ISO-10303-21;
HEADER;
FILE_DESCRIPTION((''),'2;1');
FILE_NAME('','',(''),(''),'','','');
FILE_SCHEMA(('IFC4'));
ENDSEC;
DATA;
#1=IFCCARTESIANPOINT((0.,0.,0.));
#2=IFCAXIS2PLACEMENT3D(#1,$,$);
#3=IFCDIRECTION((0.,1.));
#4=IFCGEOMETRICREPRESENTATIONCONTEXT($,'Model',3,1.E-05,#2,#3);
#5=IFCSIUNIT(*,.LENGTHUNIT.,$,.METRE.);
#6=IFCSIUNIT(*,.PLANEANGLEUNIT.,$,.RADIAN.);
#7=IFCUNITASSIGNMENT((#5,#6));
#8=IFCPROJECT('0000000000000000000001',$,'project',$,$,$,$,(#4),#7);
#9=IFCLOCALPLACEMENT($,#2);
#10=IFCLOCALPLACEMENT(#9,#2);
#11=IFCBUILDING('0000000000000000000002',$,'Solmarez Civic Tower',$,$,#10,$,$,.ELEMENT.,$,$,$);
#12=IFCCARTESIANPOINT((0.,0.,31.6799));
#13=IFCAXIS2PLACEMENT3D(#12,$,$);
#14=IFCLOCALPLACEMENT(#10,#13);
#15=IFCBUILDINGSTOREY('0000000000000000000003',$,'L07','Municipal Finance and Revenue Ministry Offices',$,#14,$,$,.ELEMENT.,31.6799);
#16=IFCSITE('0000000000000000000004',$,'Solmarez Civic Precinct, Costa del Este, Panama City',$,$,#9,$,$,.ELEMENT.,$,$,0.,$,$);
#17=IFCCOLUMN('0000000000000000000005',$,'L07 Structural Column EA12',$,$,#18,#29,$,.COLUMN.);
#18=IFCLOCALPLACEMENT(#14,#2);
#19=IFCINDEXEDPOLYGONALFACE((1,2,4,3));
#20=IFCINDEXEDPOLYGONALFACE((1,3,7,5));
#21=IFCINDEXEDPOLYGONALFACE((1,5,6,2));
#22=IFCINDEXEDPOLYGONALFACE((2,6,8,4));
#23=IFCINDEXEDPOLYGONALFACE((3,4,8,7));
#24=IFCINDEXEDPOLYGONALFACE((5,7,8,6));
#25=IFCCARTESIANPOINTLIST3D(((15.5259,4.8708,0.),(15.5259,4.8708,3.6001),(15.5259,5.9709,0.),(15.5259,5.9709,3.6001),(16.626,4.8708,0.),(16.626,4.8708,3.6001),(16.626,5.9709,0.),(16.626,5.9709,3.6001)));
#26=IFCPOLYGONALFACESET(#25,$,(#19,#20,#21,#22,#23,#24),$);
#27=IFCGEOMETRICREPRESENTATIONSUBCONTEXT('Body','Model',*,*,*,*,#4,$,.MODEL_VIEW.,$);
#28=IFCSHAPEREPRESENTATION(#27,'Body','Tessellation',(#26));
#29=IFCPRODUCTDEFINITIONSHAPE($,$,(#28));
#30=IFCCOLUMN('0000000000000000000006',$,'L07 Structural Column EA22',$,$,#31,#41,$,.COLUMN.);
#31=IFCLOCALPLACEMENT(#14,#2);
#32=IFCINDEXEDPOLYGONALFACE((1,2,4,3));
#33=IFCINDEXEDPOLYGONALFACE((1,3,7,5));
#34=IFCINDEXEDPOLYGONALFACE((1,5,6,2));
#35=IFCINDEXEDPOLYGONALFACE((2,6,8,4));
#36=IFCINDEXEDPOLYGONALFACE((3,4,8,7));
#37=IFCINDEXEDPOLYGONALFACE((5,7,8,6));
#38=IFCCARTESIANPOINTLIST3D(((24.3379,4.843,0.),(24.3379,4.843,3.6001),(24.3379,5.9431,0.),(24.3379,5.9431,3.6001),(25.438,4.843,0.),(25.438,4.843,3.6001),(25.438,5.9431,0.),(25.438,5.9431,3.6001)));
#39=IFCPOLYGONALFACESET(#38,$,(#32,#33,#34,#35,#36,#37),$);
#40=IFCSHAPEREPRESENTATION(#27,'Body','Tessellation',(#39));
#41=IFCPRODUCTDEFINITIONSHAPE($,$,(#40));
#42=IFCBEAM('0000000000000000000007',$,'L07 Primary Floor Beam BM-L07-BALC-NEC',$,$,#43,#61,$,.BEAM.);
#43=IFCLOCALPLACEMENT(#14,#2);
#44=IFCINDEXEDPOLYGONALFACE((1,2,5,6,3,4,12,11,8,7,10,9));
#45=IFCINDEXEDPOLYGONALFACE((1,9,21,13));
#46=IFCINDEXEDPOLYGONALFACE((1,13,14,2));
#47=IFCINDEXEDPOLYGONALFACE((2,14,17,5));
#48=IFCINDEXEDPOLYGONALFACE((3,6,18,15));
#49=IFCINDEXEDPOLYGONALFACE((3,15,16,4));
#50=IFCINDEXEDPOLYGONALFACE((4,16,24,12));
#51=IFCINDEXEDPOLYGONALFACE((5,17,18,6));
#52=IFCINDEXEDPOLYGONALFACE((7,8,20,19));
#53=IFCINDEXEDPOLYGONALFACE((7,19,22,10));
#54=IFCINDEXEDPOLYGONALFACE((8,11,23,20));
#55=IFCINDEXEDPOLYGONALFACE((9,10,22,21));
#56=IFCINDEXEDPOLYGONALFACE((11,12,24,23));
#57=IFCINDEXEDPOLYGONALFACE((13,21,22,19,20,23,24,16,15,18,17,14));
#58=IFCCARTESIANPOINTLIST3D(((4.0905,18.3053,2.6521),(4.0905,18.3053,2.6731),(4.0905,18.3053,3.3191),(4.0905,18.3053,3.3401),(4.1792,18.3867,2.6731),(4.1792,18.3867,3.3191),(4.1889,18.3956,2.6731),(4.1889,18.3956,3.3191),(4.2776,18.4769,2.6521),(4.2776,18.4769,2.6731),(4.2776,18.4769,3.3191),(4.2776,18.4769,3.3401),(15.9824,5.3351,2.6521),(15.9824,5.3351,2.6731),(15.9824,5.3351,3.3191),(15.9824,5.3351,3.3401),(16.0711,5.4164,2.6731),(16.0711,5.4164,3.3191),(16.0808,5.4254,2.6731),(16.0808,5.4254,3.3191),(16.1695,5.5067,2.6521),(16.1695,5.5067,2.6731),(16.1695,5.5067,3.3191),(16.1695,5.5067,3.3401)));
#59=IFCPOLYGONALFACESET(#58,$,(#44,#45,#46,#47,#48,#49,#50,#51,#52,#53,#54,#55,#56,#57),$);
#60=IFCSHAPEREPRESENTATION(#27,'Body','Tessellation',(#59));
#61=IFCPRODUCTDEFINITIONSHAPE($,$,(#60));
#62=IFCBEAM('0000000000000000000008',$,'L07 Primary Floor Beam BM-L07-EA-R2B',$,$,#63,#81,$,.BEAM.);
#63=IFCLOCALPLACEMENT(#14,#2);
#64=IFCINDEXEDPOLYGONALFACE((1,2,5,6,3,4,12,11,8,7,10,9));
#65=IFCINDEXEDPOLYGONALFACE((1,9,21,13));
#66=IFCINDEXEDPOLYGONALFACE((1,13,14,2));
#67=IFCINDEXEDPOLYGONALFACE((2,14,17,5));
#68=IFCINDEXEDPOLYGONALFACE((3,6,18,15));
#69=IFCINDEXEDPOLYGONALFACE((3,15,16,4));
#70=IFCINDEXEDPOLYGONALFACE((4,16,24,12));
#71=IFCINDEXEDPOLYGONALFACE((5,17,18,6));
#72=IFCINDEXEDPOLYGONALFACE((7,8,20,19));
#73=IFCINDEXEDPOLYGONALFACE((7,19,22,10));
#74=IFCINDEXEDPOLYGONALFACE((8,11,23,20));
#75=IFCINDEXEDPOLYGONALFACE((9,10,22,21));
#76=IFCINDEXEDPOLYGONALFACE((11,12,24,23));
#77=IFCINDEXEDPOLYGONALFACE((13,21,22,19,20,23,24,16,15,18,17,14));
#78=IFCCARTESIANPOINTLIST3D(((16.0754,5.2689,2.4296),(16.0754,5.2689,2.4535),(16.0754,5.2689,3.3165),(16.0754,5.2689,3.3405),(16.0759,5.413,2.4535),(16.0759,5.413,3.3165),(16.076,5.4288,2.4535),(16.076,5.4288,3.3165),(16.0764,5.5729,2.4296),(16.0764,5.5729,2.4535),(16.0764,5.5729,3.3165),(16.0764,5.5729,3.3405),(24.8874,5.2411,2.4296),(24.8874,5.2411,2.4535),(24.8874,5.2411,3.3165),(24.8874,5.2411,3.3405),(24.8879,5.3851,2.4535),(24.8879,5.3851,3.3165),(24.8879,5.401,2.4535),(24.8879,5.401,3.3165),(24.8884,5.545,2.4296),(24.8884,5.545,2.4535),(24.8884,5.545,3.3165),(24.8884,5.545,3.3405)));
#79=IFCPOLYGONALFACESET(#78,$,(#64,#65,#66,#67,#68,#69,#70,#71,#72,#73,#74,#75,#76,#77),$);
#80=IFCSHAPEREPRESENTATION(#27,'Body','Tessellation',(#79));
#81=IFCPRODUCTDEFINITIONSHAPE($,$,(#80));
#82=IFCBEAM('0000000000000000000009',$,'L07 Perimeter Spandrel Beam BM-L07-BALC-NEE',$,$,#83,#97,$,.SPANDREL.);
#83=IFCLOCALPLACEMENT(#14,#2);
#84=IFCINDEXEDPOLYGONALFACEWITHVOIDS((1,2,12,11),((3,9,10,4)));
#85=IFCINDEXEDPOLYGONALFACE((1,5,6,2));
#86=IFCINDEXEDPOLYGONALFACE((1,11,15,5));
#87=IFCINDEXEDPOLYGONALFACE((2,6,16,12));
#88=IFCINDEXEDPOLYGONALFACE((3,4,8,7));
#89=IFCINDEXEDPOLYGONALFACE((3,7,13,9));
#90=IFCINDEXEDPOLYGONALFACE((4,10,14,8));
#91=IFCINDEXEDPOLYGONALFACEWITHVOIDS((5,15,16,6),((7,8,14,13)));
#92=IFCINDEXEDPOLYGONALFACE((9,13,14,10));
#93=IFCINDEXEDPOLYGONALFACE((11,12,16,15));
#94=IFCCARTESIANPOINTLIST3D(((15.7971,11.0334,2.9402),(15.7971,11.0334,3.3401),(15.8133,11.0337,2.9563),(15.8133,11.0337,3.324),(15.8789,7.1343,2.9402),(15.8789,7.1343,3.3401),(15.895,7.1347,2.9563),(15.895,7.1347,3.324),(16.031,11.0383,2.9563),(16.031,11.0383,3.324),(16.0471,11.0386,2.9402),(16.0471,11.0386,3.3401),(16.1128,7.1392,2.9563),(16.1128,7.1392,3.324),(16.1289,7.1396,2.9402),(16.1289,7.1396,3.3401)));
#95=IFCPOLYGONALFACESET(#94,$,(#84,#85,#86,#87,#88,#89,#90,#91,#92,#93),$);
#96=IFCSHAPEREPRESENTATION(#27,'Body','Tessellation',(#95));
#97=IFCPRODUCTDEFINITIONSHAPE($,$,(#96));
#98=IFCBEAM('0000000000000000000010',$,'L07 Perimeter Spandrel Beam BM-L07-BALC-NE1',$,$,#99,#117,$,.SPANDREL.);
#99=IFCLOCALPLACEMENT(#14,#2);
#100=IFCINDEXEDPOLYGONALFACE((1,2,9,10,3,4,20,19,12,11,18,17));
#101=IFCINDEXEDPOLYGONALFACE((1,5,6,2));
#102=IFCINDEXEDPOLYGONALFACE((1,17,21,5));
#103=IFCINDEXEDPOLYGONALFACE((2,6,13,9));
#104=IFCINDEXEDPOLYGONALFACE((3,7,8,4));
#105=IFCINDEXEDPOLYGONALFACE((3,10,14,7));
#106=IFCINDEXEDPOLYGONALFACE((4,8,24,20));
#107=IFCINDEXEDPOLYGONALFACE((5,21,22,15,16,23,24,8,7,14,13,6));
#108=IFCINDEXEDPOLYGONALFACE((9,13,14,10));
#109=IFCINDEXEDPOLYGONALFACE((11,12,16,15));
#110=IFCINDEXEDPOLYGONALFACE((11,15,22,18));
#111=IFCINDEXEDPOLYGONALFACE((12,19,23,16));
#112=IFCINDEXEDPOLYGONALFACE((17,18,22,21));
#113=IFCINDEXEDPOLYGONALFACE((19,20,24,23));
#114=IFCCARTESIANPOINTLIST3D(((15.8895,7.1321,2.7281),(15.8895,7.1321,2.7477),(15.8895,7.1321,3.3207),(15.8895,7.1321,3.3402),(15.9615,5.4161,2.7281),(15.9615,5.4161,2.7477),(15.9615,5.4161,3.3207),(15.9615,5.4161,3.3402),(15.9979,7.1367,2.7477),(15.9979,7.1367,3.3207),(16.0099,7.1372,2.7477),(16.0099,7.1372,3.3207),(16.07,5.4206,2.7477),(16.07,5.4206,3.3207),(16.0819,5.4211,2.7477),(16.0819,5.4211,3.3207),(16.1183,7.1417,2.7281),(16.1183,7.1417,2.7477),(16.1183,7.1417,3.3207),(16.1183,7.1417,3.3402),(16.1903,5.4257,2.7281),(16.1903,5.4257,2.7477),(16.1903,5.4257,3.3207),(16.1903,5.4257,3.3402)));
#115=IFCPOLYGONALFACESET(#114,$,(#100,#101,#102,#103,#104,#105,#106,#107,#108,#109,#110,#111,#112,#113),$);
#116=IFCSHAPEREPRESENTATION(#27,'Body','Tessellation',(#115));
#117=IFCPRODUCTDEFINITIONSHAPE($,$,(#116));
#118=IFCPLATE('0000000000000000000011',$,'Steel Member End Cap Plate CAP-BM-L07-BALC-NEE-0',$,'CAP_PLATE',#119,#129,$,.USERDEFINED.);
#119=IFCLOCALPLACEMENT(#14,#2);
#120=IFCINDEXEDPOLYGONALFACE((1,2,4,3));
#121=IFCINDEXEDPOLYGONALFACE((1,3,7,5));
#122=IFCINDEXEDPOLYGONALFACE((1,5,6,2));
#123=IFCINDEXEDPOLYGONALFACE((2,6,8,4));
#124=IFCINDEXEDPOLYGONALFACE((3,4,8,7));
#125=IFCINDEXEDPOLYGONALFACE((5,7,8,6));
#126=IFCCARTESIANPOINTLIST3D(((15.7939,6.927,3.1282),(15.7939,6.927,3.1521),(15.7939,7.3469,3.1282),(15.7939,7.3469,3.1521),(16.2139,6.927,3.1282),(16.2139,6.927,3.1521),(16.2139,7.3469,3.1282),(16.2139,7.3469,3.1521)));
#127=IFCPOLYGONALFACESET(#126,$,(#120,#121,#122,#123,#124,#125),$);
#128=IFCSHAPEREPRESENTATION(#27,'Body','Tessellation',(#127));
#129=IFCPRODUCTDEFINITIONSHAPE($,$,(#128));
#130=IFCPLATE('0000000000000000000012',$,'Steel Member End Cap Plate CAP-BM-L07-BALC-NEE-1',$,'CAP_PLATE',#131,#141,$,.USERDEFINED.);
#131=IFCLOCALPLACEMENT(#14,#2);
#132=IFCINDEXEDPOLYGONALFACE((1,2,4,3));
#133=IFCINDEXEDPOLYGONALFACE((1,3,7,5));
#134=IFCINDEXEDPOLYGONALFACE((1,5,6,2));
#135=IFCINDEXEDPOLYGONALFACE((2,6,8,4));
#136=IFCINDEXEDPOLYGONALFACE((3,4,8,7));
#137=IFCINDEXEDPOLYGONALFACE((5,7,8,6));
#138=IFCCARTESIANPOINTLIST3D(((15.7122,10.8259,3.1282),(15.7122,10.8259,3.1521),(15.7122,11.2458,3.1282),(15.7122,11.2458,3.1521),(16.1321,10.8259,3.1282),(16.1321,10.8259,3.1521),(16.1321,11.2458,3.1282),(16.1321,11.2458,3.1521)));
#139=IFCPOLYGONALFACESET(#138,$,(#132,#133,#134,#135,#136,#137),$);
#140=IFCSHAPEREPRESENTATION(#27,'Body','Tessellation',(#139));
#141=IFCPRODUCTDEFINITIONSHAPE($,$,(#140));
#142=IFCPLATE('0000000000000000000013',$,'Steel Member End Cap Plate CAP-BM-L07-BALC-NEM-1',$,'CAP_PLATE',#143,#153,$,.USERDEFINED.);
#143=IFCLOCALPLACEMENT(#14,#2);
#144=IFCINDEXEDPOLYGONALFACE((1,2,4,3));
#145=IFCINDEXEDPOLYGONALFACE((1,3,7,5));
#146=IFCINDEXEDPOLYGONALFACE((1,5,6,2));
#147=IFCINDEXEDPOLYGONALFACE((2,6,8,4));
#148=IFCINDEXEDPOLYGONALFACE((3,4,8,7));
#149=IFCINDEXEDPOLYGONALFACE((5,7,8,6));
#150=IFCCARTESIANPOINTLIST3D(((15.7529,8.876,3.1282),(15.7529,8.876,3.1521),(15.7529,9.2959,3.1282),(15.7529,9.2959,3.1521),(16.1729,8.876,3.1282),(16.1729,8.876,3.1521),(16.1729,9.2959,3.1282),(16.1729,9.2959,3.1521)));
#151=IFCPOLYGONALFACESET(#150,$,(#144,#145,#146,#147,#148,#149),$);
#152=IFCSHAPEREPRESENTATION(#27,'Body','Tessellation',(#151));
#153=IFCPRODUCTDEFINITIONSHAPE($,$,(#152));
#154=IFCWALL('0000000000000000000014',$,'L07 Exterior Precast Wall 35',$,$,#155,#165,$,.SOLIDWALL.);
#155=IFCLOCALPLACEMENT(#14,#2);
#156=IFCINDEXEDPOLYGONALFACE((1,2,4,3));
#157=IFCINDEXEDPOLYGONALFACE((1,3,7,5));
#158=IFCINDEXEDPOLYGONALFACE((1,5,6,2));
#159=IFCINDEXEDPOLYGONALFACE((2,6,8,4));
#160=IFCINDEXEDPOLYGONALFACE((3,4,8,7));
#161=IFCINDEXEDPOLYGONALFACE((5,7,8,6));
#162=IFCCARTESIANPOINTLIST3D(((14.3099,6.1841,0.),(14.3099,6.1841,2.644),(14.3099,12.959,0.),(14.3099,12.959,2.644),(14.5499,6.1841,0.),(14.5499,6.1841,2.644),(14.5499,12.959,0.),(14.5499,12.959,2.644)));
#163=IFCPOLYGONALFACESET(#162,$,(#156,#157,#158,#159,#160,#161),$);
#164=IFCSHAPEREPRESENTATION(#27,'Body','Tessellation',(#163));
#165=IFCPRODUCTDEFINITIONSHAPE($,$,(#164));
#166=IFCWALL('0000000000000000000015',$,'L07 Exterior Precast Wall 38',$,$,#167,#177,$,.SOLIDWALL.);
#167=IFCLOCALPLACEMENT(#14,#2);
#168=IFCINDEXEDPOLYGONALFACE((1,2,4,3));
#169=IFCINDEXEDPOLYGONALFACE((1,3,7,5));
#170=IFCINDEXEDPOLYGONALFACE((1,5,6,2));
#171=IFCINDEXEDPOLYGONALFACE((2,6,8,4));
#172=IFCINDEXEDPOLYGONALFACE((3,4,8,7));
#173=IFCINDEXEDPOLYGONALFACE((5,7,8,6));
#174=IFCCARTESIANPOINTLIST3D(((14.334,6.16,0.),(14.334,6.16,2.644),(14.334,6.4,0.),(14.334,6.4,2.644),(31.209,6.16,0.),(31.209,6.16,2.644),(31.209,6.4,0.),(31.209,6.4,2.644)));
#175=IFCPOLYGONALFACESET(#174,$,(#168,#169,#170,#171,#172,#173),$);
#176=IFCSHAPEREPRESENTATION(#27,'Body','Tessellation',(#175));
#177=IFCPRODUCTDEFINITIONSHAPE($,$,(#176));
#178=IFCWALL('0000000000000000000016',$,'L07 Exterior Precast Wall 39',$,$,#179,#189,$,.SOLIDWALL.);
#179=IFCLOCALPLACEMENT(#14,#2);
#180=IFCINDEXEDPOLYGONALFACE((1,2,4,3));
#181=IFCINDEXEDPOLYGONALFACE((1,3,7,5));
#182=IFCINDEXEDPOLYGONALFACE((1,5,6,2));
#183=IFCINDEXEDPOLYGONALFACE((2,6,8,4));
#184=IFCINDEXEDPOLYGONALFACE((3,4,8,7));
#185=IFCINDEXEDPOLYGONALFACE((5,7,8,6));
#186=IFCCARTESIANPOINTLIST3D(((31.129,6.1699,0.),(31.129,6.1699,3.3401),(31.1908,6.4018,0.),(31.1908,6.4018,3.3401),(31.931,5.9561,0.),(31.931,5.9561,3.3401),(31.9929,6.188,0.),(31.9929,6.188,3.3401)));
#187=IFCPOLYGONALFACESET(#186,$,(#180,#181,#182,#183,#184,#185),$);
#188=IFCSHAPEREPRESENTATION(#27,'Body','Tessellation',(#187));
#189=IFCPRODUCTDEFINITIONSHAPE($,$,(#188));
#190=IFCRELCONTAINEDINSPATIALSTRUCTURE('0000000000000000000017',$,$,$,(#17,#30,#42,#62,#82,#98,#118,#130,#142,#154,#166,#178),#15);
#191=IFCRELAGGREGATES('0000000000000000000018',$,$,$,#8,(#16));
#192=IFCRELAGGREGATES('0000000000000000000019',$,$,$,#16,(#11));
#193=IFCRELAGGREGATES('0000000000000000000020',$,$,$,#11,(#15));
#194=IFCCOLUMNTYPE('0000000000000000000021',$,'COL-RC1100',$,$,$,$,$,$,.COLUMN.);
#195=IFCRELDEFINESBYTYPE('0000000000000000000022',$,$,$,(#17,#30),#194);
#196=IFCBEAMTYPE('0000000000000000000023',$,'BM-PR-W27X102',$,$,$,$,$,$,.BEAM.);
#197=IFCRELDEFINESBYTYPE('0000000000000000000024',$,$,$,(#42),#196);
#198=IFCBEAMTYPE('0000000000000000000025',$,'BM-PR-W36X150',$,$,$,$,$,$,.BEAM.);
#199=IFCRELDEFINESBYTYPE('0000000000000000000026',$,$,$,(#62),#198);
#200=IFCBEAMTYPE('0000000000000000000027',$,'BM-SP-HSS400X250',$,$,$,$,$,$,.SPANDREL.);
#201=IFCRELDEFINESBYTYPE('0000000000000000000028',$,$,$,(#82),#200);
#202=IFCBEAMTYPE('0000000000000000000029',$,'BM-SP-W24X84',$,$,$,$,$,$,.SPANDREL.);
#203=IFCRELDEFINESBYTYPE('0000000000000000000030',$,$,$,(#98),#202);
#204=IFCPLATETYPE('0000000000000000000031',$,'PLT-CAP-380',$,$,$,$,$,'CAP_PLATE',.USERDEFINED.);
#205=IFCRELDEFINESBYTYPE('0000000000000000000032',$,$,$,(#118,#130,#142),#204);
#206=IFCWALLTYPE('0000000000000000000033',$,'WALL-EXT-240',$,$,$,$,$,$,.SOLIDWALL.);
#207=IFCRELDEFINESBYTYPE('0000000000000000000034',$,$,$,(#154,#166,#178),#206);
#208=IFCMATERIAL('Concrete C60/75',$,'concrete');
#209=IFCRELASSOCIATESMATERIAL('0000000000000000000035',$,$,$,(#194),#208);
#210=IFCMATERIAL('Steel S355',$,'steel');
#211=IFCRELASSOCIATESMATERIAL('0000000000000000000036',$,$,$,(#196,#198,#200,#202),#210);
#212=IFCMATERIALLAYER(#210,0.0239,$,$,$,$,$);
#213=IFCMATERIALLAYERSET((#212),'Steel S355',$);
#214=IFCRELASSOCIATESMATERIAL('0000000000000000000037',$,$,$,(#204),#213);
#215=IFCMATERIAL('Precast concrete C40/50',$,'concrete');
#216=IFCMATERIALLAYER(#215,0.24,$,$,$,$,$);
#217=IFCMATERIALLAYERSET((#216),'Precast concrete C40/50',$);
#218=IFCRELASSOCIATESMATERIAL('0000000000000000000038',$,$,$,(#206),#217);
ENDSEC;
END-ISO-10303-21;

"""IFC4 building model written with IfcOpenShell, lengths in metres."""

from ifc_helpers import new_model, si_unit, direction, frame, frame_2d, origin, origin_2d, place, context, subcontext, project, spatial, rectangle, hollow_rectangle, i_section, extrude, material, layer, layer_set, material_profile, profile_set, type_object, element, save


model = new_model("IFC4")

# Units and contexts
model_context = context("Model", 3, precision=1e-05, world=origin(), true_north=direction((0.0, 1.0)))
body_context = subcontext(model_context, "Body", "Model", "MODEL_VIEW")
ifc_project = project(units=[si_unit("LENGTHUNIT", "METRE"), si_unit("PLANEANGLEUNIT", "RADIAN")], contexts=[model_context])

# Site, building, storey
site_placement = place(None, origin())
site = spatial("IfcSite", under=ifc_project, at=site_placement, Name="Solmarez Civic Precinct, Costa del Este, Panama City", CompositionType="ELEMENT", RefElevation=0.0)
building_placement = place(site_placement, origin())
building = spatial("IfcBuilding", under=site, at=building_placement, Name="Solmarez Civic Tower", CompositionType="ELEMENT")
storey_placement = place(building_placement, frame((0.0, 0.0, 31.6799)))
storey = spatial("IfcBuildingStorey", under=building, at=storey_placement, Name="L07", Description="Municipal Finance and Revenue Ministry Offices", CompositionType="ELEMENT", Elevation=31.6799)

# Columns
ifc_material_1 = material(Name="Concrete C60/75", Category="concrete")
ifc_material_profile_1 = material_profile(ifc_material_1, rectangle(XDim=1.1001, YDim=1.1001, at=origin_2d()), Name="RC1100X1100")
ifc_profile_set_1 = profile_set([ifc_material_profile_1], Name="Concrete C60/75")
column_type = type_object("IfcColumnType", Name="COL-RC1100", PredefinedType="COLUMN", material=ifc_profile_set_1)
for number, where, z_axis, x_axis, name in (
    (1, (16.0759, 5.4209, 0.0), (0.0, 0.0, 1.0), (1.0, 0.0, 0.0), "L07 Structural Column EA12"),
    (2, (24.8879, 5.3931, 0.0), (0.0, 0.0, 1.0), (1.0, 0.0, 0.0), "L07 Structural Column EA22"),
):
    element("IfcColumn", number, at=place(storey_placement, frame(where, z_axis=z_axis, x_axis=x_axis)), inside=storey, type_object=column_type, Name=name, PredefinedType="COLUMN", context=body_context, shape_type="SweptSolid", body=[
        extrude(rectangle(XDim=1.1001, YDim=1.1001, at=origin_2d()), origin(), (0.0, 0.0, 1.0), 3.6001),
    ])

# Beams
ifc_material_2 = material(Name="Steel S355", Category="steel")
ifc_material_profile_2 = material_profile(ifc_material_2, i_section(OverallWidth=0.2539, OverallDepth=0.688, WebThickness=0.0132, FlangeThickness=0.021, at=origin_2d()), Name="W27X102")
ifc_profile_set_2 = profile_set([ifc_material_profile_2], Name="Steel S355")
beam_type_1 = type_object("IfcBeamType", Name="BM-PR-W27X102", PredefinedType="BEAM", material=ifc_profile_set_2)
beam_1_placement = place(storey_placement, frame((16.0759, 5.4209, 2.9961), z_axis=(-0.675801, 0.737084, 0.0), x_axis=(-0.737084, -0.675801, 0.0)))
element("IfcBeam", 3, at=beam_1_placement, inside=storey, type_object=beam_type_1, Name="L07 Primary Floor Beam BM-L07-BALC-NEC", PredefinedType="BEAM", context=body_context, shape_type="SweptSolid", body=[
    extrude(i_section(OverallWidth=0.2539, OverallDepth=0.688, WebThickness=0.0132, FlangeThickness=0.021, at=origin_2d()), origin(), (0.0, 0.0, 1.0), 17.5967),
])
ifc_material_profile_3 = material_profile(ifc_material_2, i_section(OverallWidth=0.304, OverallDepth=0.9109, WebThickness=0.0159, FlangeThickness=0.0239, at=origin_2d()), Name="W36X150")
ifc_profile_set_3 = profile_set([ifc_material_profile_3], Name="Steel S355")
beam_type_2 = type_object("IfcBeamType", Name="BM-PR-W36X150", PredefinedType="BEAM", material=ifc_profile_set_3)
beam_2_placement = place(storey_placement, frame((16.0759, 5.4209, 2.885), z_axis=(0.999995, -0.003158, 0.0), x_axis=(0.003158, 0.999995, 0.0)))
element("IfcBeam", 4, at=beam_2_placement, inside=storey, type_object=beam_type_2, Name="L07 Primary Floor Beam BM-L07-EA-R2B", PredefinedType="BEAM", context=body_context, shape_type="SweptSolid", body=[
    extrude(i_section(OverallWidth=0.304, OverallDepth=0.9109, WebThickness=0.0159, FlangeThickness=0.0239, at=origin_2d()), origin(), (0.0, 0.0, 1.0), 8.812),
])
ifc_material_profile_4 = material_profile(ifc_material_2, hollow_rectangle(XDim=0.25, YDim=0.3999, WallThickness=0.0161, at=origin_2d()), Name="HSS400X250X16")
ifc_profile_set_4 = profile_set([ifc_material_profile_4], Name="Steel S355")
beam_type_3 = type_object("IfcBeamType", Name="BM-SP-HSS400X250", PredefinedType="SPANDREL", material=ifc_profile_set_4)
beam_3_placement = place(storey_placement, frame((16.0039, 7.137, 3.1401), z_axis=(-0.020972, 0.99978, 0.0), x_axis=(-0.99978, -0.020972, 0.0)))
element("IfcBeam", 5, at=beam_3_placement, inside=storey, type_object=beam_type_3, Name="L07 Perimeter Spandrel Beam BM-L07-BALC-NEE", PredefinedType="SPANDREL", context=body_context, shape_type="SweptSolid", body=[
    extrude(hollow_rectangle(XDim=0.25, YDim=0.3999, WallThickness=0.0161, at=origin_2d()), origin(), (0.0, 0.0, 1.0), 3.8999),
])
ifc_material_profile_5 = material_profile(ifc_material_2, i_section(OverallWidth=0.229, OverallDepth=0.6121, WebThickness=0.012, FlangeThickness=0.0195, at=origin_2d()), Name="W24X84")
ifc_profile_set_5 = profile_set([ifc_material_profile_5], Name="Steel S355")
beam_type_4 = type_object("IfcBeamType", Name="BM-SP-W24X84", PredefinedType="SPANDREL", material=ifc_profile_set_5)
beam_4_placement = place(storey_placement, frame((16.0759, 5.4209, 3.0342), z_axis=(-0.041932, 0.99912, 0.0), x_axis=(-0.99912, -0.041932, 0.0)))
element("IfcBeam", 6, at=beam_4_placement, inside=storey, type_object=beam_type_4, Name="L07 Perimeter Spandrel Beam BM-L07-BALC-NE1", PredefinedType="SPANDREL", context=body_context, shape_type="SweptSolid", body=[
    extrude(i_section(OverallWidth=0.229, OverallDepth=0.6121, WebThickness=0.012, FlangeThickness=0.0195, at=origin_2d()), origin(), (0.0, 0.0, 1.0), 1.7175),
])

# Plates
ifc_layer_1 = layer(ifc_material_2, 0.0239)
ifc_layer_set_1 = layer_set([ifc_layer_1], Name="Steel S355")
plate_type = type_object("IfcPlateType", Name="PLT-CAP-380", ElementType="CAP_PLATE", PredefinedType="USERDEFINED", material=ifc_layer_set_1)
for number, where, z_axis, x_axis, name in (
    (7, (16.0039, 7.137, 3.1282), (0.0, 0.0, 1.0), (1.0, 0.0, 0.0), "Steel Member End Cap Plate CAP-BM-L07-BALC-NEE-0"),
    (8, (15.9221, 11.0359, 3.1282), (0.0, 0.0, 1.0), (1.0, 0.0, 0.0), "Steel Member End Cap Plate CAP-BM-L07-BALC-NEE-1"),
    (9, (15.9629, 9.0859, 3.1282), (0.0, 0.0, 1.0), (1.0, 0.0, 0.0), "Steel Member End Cap Plate CAP-BM-L07-BALC-NEM-1"),
):
    element("IfcPlate", number, at=place(storey_placement, frame(where, z_axis=z_axis, x_axis=x_axis)), inside=storey, type_object=plate_type, Name=name, ObjectType="CAP_PLATE", PredefinedType="USERDEFINED", context=body_context, shape_type="SweptSolid", body=[
        extrude(rectangle(XDim=0.4199, YDim=0.4199, at=origin_2d()), origin(), (0.0, 0.0, 1.0), 0.0239),
    ])

# Walls
ifc_material_3 = material(Name="Precast concrete C40/50", Category="concrete")
ifc_layer_2 = layer(ifc_material_3, 0.24)
ifc_layer_set_2 = layer_set([ifc_layer_2], Name="Precast concrete C40/50")
wall_type_1 = type_object("IfcWallType", Name="WALL-EXT-240", PredefinedType="SOLIDWALL", material=ifc_layer_set_2)
wall_1_placement = place(storey_placement, frame((14.4299, 12.959, 0.0), z_axis=(0.0, 0.0, 1.0), x_axis=(0.0, -1.0, 0.0)))
element("IfcWall", 10, at=wall_1_placement, inside=storey, type_object=wall_type_1, Name="L07 Exterior Precast Wall 35", PredefinedType="SOLIDWALL", context=body_context, shape_type="SweptSolid", body=[
    extrude(rectangle(XDim=6.7749, YDim=0.24, at=frame_2d((3.3875, 0.0))), origin(), (0.0, 0.0, 1.0), 2.644),
])
wall_2_placement = place(storey_placement, frame((14.334, 6.28, 0.0), z_axis=(0.0, 0.0, 1.0), x_axis=(1.0, 0.0, 0.0)))
element("IfcWall", 11, at=wall_2_placement, inside=storey, type_object=wall_type_1, Name="L07 Exterior Precast Wall 38", PredefinedType="SOLIDWALL", context=body_context, shape_type="SweptSolid", body=[
    extrude(rectangle(XDim=16.875, YDim=0.24, at=frame_2d((8.4375, 0.0))), origin(), (0.0, 0.0, 1.0), 2.644),
])
wall_3_placement = place(storey_placement, frame((31.1599, 6.2859, 0.0), z_axis=(0.0, 0.0, 1.0), x_axis=(0.966235, -0.257663, 0.0)))
element("IfcWall", 12, at=wall_3_placement, inside=storey, type_object=wall_type_1, Name="L07 Exterior Precast Wall 39", PredefinedType="SOLIDWALL", context=body_context, shape_type="SweptSolid", body=[
    extrude(rectangle(XDim=0.8301, YDim=0.24, at=frame_2d((0.415, 0.0))), origin(), (0.0, 0.0, 1.0), 3.3401),
])

save(model, "model.ifc")
